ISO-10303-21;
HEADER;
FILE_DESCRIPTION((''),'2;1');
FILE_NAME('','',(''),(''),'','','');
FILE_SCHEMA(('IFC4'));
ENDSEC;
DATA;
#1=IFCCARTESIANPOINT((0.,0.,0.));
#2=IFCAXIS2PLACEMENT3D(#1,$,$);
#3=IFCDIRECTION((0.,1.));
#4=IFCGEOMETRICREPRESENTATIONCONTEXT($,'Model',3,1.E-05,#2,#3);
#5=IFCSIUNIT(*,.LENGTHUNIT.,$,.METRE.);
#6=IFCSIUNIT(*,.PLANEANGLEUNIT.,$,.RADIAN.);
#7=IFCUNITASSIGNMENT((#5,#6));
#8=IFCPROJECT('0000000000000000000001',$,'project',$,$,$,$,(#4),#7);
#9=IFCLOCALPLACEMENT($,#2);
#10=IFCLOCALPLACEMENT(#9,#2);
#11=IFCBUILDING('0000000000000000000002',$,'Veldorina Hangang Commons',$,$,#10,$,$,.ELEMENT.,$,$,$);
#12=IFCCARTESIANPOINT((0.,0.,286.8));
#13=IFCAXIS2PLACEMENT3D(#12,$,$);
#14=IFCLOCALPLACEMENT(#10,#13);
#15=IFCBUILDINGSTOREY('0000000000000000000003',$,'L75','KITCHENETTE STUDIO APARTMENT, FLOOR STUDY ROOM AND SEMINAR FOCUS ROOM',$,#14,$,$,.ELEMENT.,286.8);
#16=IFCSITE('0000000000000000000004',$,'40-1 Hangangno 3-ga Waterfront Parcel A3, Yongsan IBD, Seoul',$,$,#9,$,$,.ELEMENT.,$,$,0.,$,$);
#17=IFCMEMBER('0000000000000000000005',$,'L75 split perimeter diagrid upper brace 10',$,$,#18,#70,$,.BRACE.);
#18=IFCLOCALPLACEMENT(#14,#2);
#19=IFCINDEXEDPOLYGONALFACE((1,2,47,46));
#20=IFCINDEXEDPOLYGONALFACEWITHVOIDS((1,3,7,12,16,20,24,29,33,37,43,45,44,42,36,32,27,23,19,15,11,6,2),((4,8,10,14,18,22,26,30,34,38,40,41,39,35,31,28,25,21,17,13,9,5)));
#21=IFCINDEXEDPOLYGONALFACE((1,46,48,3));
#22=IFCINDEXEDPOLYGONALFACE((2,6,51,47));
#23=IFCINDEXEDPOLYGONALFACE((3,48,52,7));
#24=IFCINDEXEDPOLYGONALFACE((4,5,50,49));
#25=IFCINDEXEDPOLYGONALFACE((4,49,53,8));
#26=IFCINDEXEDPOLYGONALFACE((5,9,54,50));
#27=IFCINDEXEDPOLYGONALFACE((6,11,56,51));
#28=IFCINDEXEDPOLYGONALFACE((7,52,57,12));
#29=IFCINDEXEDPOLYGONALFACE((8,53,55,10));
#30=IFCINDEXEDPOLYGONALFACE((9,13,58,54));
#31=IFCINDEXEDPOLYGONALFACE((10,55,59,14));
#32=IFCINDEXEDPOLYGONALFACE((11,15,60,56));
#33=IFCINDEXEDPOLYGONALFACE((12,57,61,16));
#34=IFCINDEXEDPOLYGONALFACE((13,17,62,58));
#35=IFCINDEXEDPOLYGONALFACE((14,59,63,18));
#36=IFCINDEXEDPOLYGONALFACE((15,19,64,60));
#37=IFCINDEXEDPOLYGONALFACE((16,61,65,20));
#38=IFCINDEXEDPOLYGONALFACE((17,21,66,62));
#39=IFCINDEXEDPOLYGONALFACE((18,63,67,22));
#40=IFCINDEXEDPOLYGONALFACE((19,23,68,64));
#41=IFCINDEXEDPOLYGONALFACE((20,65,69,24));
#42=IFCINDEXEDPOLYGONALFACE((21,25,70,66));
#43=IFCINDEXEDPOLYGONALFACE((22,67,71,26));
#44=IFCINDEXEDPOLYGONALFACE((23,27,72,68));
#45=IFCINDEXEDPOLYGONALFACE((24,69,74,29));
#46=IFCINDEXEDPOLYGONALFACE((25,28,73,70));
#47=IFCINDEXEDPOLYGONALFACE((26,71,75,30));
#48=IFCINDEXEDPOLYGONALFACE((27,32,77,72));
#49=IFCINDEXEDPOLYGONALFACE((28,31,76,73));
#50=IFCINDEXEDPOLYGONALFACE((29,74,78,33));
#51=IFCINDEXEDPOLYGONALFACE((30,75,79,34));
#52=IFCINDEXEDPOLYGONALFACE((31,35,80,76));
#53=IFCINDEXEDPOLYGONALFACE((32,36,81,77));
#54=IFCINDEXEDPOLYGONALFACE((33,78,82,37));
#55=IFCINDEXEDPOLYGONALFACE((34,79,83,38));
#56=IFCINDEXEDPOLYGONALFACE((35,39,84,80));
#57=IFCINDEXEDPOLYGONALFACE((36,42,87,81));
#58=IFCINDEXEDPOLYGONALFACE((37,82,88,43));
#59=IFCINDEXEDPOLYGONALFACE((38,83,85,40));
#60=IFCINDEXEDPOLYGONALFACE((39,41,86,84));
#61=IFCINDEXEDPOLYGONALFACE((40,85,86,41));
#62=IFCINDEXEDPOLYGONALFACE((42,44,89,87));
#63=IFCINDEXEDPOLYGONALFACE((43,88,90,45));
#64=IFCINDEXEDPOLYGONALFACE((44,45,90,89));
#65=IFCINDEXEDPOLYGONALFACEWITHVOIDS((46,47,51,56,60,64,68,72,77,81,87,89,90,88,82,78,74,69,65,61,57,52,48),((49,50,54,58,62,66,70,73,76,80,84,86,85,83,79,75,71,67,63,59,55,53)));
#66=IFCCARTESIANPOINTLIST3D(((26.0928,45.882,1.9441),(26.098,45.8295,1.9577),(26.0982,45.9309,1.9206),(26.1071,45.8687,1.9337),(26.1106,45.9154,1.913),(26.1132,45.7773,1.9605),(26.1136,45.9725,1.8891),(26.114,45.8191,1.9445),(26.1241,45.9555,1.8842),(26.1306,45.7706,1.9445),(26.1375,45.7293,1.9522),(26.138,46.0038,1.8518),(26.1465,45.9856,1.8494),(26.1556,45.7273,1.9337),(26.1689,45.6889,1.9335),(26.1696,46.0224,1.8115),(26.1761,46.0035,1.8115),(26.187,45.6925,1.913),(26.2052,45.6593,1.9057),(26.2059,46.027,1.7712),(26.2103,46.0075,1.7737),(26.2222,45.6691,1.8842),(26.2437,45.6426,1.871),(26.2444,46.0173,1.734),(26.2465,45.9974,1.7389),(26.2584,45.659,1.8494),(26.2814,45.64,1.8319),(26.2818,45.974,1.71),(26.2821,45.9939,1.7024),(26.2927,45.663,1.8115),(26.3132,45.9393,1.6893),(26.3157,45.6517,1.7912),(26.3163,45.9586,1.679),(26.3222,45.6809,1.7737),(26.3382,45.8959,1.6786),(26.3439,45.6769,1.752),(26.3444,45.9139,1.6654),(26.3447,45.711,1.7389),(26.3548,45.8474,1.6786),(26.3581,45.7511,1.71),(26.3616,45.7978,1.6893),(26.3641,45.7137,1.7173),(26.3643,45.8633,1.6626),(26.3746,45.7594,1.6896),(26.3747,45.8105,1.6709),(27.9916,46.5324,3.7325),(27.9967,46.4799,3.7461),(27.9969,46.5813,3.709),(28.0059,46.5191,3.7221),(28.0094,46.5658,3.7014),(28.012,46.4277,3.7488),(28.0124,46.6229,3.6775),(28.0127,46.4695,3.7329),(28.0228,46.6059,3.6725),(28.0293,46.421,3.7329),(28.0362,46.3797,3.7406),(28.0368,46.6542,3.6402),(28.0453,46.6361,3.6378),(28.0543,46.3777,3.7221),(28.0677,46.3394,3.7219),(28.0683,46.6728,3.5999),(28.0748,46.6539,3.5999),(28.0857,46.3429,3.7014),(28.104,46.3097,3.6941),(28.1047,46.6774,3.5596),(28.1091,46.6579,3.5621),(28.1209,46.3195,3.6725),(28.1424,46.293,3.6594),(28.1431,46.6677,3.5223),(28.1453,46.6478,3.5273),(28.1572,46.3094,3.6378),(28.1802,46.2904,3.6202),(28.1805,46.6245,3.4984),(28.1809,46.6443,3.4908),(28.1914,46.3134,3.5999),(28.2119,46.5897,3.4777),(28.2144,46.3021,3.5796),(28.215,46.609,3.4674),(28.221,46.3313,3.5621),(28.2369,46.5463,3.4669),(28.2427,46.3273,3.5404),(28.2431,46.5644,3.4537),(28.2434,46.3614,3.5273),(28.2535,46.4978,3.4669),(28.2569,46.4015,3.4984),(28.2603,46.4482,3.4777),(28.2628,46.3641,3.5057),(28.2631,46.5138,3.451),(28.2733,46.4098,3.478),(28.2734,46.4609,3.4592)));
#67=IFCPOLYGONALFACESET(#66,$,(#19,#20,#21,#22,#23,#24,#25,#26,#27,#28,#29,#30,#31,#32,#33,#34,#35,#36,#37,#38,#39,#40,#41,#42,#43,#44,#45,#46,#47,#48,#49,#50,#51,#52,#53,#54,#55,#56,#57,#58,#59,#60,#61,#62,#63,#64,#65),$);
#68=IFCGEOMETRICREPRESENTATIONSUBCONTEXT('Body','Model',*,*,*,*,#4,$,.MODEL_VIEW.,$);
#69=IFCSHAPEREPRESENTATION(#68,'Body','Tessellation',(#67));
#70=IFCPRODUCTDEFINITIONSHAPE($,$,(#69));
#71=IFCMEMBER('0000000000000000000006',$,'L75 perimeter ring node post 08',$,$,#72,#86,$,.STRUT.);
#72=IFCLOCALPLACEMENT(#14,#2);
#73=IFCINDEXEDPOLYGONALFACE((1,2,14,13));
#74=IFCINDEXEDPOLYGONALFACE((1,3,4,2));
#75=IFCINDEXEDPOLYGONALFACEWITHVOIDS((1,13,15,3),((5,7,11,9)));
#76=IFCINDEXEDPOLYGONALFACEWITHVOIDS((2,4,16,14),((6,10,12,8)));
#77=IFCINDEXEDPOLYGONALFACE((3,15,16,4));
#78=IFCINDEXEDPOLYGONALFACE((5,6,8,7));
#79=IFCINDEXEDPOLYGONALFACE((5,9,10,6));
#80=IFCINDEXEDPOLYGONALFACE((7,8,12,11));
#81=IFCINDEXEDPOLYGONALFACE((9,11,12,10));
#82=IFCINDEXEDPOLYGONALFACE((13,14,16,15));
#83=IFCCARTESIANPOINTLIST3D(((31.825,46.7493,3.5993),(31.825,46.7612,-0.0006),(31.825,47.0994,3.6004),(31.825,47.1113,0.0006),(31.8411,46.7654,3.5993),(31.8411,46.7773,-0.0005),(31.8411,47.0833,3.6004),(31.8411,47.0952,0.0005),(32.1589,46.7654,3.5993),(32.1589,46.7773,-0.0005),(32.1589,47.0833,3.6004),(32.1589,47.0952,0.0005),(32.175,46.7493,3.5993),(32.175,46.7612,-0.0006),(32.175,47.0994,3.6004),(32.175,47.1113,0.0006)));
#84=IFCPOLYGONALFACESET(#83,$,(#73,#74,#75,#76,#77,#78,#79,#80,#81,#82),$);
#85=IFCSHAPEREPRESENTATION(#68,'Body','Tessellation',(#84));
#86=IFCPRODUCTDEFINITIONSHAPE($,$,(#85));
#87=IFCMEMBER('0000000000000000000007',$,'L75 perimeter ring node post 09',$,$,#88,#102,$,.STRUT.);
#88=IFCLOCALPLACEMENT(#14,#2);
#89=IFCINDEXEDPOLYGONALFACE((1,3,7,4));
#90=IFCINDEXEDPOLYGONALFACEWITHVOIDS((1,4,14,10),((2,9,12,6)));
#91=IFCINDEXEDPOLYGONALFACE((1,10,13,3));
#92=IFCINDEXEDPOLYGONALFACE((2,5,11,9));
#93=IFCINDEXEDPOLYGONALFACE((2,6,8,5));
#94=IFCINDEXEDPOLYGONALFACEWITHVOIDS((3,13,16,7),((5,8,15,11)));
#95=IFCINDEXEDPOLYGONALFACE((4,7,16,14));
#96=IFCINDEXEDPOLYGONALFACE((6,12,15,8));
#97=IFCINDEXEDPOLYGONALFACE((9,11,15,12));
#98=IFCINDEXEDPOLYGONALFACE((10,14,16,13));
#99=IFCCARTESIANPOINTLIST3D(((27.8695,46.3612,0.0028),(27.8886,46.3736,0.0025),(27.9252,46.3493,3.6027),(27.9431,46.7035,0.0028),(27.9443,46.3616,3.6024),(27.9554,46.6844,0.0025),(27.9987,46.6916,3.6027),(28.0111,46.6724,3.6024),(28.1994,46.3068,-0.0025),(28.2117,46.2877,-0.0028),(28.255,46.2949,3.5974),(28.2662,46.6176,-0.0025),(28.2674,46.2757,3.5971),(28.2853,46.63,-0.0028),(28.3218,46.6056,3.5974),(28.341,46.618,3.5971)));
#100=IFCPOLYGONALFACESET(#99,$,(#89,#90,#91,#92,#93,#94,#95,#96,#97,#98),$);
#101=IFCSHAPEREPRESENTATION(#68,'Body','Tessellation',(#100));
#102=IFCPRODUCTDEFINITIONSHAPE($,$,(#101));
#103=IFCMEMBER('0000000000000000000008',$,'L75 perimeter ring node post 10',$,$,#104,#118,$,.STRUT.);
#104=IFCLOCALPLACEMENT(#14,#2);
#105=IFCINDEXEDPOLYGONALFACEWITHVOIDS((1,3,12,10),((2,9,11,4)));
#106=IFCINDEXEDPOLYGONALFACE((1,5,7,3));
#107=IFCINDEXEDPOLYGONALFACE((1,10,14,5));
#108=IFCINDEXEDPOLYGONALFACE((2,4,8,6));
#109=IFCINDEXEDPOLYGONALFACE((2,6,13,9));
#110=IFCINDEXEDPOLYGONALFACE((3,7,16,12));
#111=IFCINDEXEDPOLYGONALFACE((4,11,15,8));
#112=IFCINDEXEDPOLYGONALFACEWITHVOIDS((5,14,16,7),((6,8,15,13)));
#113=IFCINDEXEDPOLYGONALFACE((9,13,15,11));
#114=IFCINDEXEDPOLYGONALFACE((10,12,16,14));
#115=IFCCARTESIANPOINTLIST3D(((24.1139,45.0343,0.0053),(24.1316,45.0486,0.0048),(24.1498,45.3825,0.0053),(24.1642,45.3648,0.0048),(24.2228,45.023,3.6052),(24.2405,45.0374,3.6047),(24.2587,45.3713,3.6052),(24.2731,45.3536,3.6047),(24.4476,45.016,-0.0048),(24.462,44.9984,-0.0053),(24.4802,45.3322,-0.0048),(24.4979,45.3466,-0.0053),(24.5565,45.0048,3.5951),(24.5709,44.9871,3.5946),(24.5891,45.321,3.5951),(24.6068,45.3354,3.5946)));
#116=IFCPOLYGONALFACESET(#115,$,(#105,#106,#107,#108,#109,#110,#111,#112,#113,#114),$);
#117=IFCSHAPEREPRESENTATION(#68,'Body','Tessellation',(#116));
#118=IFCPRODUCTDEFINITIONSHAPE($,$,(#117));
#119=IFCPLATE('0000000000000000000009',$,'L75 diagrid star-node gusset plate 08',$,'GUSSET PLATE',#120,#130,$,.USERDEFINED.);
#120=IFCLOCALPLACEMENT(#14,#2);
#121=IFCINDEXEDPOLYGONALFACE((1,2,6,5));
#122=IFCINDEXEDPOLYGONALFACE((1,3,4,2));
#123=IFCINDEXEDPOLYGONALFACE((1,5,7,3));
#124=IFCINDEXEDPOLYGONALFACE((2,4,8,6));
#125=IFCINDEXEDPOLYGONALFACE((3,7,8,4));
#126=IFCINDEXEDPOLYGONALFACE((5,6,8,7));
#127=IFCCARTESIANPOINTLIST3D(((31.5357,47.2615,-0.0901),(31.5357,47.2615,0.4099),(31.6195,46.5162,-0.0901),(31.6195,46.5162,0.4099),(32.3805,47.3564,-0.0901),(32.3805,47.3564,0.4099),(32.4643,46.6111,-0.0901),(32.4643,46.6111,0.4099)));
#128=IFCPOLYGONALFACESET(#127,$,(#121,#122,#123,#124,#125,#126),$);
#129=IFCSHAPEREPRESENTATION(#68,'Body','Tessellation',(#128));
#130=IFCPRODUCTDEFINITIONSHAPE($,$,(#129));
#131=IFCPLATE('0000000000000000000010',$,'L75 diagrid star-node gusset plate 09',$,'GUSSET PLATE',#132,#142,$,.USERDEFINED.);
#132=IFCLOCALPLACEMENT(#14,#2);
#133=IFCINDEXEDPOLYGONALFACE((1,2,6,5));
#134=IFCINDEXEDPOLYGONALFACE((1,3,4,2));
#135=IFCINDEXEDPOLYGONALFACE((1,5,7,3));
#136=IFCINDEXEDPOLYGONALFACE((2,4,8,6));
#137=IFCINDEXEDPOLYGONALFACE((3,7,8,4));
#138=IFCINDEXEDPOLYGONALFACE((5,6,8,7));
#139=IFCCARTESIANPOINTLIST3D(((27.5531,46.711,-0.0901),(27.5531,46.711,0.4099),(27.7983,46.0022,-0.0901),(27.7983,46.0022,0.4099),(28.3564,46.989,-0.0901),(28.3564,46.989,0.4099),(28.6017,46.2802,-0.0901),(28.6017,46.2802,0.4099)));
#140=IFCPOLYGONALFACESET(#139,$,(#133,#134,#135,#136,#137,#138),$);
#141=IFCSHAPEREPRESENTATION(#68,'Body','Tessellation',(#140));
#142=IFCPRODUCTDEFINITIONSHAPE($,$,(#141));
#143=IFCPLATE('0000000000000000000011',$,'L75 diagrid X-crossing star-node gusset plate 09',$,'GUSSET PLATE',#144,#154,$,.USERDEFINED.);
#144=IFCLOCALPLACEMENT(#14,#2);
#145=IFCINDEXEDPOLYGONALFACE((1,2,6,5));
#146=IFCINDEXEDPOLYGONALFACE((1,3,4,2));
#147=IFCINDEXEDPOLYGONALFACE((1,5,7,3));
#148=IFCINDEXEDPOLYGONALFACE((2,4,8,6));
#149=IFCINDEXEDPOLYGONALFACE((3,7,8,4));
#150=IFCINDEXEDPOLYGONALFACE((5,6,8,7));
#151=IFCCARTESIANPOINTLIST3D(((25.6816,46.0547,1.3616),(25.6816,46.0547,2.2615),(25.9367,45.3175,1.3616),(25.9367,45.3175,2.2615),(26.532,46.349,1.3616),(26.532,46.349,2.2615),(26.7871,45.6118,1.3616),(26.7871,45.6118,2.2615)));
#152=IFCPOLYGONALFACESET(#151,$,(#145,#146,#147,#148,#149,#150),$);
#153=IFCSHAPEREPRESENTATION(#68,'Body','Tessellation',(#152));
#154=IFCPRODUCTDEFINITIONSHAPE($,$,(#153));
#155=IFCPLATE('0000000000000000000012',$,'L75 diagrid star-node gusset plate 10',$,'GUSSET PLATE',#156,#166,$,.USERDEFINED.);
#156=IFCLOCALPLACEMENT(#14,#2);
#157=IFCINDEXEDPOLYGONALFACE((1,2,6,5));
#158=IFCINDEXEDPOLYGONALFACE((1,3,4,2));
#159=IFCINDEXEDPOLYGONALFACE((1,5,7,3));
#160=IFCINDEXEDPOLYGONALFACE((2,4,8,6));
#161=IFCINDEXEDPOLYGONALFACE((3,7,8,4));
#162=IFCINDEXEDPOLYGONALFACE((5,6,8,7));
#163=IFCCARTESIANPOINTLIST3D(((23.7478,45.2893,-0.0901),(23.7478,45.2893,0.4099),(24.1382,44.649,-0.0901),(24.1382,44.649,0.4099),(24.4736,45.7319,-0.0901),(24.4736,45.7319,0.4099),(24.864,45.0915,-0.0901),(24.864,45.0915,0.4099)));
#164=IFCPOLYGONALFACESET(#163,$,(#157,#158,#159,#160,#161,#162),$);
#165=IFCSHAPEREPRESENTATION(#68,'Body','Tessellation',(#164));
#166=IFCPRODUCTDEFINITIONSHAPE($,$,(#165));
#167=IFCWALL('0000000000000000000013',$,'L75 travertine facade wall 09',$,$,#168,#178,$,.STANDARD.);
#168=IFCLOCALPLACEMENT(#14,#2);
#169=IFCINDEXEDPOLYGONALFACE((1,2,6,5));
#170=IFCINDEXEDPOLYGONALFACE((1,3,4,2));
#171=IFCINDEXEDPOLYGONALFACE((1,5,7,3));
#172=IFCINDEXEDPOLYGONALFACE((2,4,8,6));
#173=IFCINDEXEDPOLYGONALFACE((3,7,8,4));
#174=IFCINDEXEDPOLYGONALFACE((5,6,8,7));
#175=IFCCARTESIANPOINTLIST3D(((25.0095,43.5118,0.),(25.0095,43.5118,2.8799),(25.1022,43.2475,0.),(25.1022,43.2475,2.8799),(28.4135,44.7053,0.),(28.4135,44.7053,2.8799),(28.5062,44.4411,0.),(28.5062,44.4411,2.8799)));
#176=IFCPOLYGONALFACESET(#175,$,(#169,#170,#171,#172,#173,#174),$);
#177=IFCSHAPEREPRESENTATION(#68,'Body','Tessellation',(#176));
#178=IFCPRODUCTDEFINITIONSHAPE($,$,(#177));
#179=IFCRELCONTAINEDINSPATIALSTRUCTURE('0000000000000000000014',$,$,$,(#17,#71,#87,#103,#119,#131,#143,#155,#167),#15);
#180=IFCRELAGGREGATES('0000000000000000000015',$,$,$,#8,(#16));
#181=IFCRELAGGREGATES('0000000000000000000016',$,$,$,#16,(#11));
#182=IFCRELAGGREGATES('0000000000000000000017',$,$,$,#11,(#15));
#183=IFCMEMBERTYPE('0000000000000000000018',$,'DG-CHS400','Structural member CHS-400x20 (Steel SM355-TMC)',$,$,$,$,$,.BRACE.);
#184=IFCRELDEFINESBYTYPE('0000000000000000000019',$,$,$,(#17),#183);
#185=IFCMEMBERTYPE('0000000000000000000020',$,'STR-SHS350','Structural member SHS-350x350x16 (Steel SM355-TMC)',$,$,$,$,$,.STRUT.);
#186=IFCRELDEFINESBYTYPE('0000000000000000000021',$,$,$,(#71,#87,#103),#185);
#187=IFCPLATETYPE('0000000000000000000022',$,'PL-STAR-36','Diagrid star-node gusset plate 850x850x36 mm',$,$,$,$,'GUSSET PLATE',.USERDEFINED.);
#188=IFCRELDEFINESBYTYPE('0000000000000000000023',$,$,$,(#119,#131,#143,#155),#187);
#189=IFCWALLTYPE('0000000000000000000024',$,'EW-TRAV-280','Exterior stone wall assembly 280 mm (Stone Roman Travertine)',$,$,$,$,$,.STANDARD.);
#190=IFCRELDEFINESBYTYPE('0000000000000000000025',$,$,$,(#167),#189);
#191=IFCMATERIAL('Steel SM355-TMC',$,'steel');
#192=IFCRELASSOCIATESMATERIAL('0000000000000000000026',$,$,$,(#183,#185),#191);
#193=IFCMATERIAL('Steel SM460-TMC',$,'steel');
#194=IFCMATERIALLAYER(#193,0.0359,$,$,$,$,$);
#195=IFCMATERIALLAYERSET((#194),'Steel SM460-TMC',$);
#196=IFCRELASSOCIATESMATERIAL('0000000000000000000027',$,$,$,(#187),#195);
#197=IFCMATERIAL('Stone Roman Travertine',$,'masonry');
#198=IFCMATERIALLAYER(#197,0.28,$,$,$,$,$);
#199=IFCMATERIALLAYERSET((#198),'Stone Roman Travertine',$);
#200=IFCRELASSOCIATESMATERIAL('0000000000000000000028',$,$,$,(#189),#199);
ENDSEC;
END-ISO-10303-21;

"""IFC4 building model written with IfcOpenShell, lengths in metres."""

from ifc_helpers import new_model, si_unit, direction, frame, frame_2d, origin, origin_2d, place, context, subcontext, project, spatial, rectangle, hollow_rectangle, hollow_circle, extrude, material, layer, layer_set, material_profile, profile_set, type_object, element, save


model = new_model("IFC4")

# Units and contexts
model_context = context("Model", 3, precision=1e-05, world=origin(), true_north=direction((0.0, 1.0)))
body_context = subcontext(model_context, "Body", "Model", "MODEL_VIEW")
ifc_project = project(units=[si_unit("LENGTHUNIT", "METRE"), si_unit("PLANEANGLEUNIT", "RADIAN")], contexts=[model_context])

# Site, building, storey
site_placement = place(None, origin())
site = spatial("IfcSite", under=ifc_project, at=site_placement, Name="40-1 Hangangno 3-ga Waterfront Parcel A3, Yongsan IBD, Seoul", CompositionType="ELEMENT", RefElevation=0.0)
building_placement = place(site_placement, origin())
building = spatial("IfcBuilding", under=site, at=building_placement, Name="Veldorina Hangang Commons", CompositionType="ELEMENT")
storey_placement = place(building_placement, frame((0.0, 0.0, 286.8)))
storey = spatial("IfcBuildingStorey", under=building, at=storey_placement, Name="L75", Description="KITCHENETTE STUDIO APARTMENT, FLOOR STUDY ROOM AND SEMINAR FOCUS ROOM", CompositionType="ELEMENT", Elevation=286.8)

# Shared definitions
ifc_material_1 = material(Name="Steel SM355-TMC", Category="steel")

# Members
ifc_material_profile_1 = material_profile(ifc_material_1, hollow_circle(Radius=0.2, WallThickness=0.02, at=origin_2d()), Name="CHS-400x20")
ifc_profile_set_1 = profile_set([ifc_material_profile_1], Name="Steel SM355-TMC")
member_type_1 = type_object("IfcMemberType", Name="DG-CHS400", Description="Structural member CHS-400x20 (Steel SM355-TMC)", PredefinedType="BRACE", material=ifc_profile_set_1)
member_1_placement = place(storey_placement, frame((26.2344, 45.8333, 1.8115), z_axis=(0.706317, 0.241948, 0.665265), x_axis=(-0.324063, 0.946035, 0.0)))
element("IfcMember", 1, at=member_1_placement, inside=storey, type_object=member_type_1, Name="L75 split perimeter diagrid upper brace 10", PredefinedType="BRACE", context=body_context, shape_type="SweptSolid", body=[
    extrude(hollow_circle(Radius=0.2, WallThickness=0.02, at=origin_2d()), origin(), (0.0, 0.0, 1.0), 2.6882),
])
ifc_material_profile_2 = material_profile(ifc_material_1, hollow_rectangle(XDim=0.3501, YDim=0.3501, WallThickness=0.0161, at=origin_2d()), Name="SHS-350x350x16")
ifc_profile_set_2 = profile_set([ifc_material_profile_2], Name="Steel SM355-TMC")
member_type_2 = type_object("IfcMemberType", Name="STR-SHS350", Description="Structural member SHS-350x350x16 (Steel SM355-TMC)", PredefinedType="STRUT", material=ifc_profile_set_2)
member_2_placement = place(storey_placement, frame((32.0, 46.9363, 0.0), z_axis=(0.0, -0.003323, 0.999994), x_axis=(1.0, 0.0, 0.0)))
element("IfcMember", 2, at=member_2_placement, inside=storey, type_object=member_type_2, Name="L75 perimeter ring node post 08", PredefinedType="STRUT", context=body_context, shape_type="SweptSolid", body=[
    extrude(hollow_rectangle(XDim=0.3501, YDim=0.3501, WallThickness=0.0161, at=origin_2d()), origin(), (0.0, 0.0, 1.0), 3.5999),
])
member_3_placement = place(storey_placement, frame((28.0774, 46.4956, 0.0), z_axis=(0.015461, -0.003323, 0.999875), x_axis=(0.210115, 0.977677, 0.0)))
element("IfcMember", 3, at=member_3_placement, inside=storey, type_object=member_type_2, Name="L75 perimeter ring node post 09", PredefinedType="STRUT", context=body_context, shape_type="SweptSolid", body=[
    extrude(hollow_rectangle(XDim=0.3501, YDim=0.3501, WallThickness=0.0161, at=origin_2d()), origin(), (0.0, 0.0, 1.0), 3.6003),
])
member_4_placement = place(storey_placement, frame((24.3059, 45.1904, 0.0), z_axis=(0.030234, -0.003118, 0.999538), x_axis=(0.102595, 0.994723, 0.0)))
element("IfcMember", 4, at=member_4_placement, inside=storey, type_object=member_type_2, Name="L75 perimeter ring node post 10", PredefinedType="STRUT", context=body_context, shape_type="SweptSolid", body=[
    extrude(hollow_rectangle(XDim=0.3501, YDim=0.3501, WallThickness=0.0161, at=origin_2d()), origin(), (0.0, 0.0, 1.0), 3.6016),
])

# Plates
ifc_material_2 = material(Name="Steel SM460-TMC", Category="steel")
ifc_layer_1 = layer(ifc_material_2, 0.0359)
ifc_layer_set_1 = layer_set([ifc_layer_1], Name="Steel SM460-TMC")
plate_type = type_object("IfcPlateType", Name="PL-STAR-36", Description="Diagrid star-node gusset plate 850x850x36 mm", ElementType="GUSSET PLATE", PredefinedType="USERDEFINED", material=ifc_layer_set_1)
for number, where, z_axis, x_axis, name in (
    (5, (32.0, 46.9363, -0.0901), (0.0, 0.0, 1.0), (-0.993748, -0.111642, 0.0), "L75 diagrid star-node gusset plate 08"),
    (6, (28.0774, 46.4956, -0.0901), (0.0, 0.0, 1.0), (-0.945017, -0.32702, 0.0), "L75 diagrid star-node gusset plate 09"),
):
    element("IfcPlate", number, at=place(storey_placement, frame(where, z_axis=z_axis, x_axis=x_axis)), inside=storey, type_object=plate_type, Name=name, ObjectType="GUSSET PLATE", PredefinedType="USERDEFINED", context=body_context, shape_type="SweptSolid", body=[
        extrude(rectangle(XDim=0.8501, YDim=0.75, at=origin_2d()), origin(), (0.0, 0.0, 1.0), 0.5),
    ])
plate_1_placement = place(storey_placement, frame((26.2344, 45.8333, 1.3616), z_axis=(0.0, 0.0, 1.0), x_axis=(-0.945017, -0.32702, 0.0)))
element("IfcPlate", 7, at=plate_1_placement, inside=storey, type_object=plate_type, Name="L75 diagrid X-crossing star-node gusset plate 09", ObjectType="GUSSET PLATE", PredefinedType="USERDEFINED", context=body_context, shape_type="SweptSolid", body=[
    extrude(rectangle(XDim=0.8999, YDim=0.78, at=origin_2d()), origin(), (0.0, 0.0, 1.0), 0.8999),
])
plate_2_placement = place(storey_placement, frame((24.3059, 45.1904, -0.0901), z_axis=(0.0, 0.0, 1.0), x_axis=(-0.853787, -0.520622, 0.0)))
element("IfcPlate", 8, at=plate_2_placement, inside=storey, type_object=plate_type, Name="L75 diagrid star-node gusset plate 10", ObjectType="GUSSET PLATE", PredefinedType="USERDEFINED", context=body_context, shape_type="SweptSolid", body=[
    extrude(rectangle(XDim=0.8501, YDim=0.75, at=origin_2d()), origin(), (0.0, 0.0, 1.0), 0.5),
])

# Wall
ifc_material_3 = material(Name="Stone Roman Travertine", Category="masonry")
ifc_layer_2 = layer(ifc_material_3, 0.28)
ifc_layer_set_2 = layer_set([ifc_layer_2], Name="Stone Roman Travertine")
wall_type_1 = type_object("IfcWallType", Name="EW-TRAV-280", Description="Exterior stone wall assembly 280 mm (Stone Roman Travertine)", PredefinedType="STANDARD", material=ifc_layer_set_2)
wall_1_placement = place(storey_placement, frame((28.46, 44.5732, 0.0), z_axis=(0.0, 0.0, 1.0), x_axis=(-0.943669, -0.33089, 0.0)))
element("IfcWall", 9, at=wall_1_placement, inside=storey, type_object=wall_type_1, Name="L75 travertine facade wall 09", PredefinedType="STANDARD", context=body_context, shape_type="SweptSolid", body=[
    extrude(rectangle(XDim=3.6072, YDim=0.28, at=frame_2d((1.8037, 0.0))), origin(), (0.0, 0.0, 1.0), 2.8799),
])

save(model, "model.ifc")
